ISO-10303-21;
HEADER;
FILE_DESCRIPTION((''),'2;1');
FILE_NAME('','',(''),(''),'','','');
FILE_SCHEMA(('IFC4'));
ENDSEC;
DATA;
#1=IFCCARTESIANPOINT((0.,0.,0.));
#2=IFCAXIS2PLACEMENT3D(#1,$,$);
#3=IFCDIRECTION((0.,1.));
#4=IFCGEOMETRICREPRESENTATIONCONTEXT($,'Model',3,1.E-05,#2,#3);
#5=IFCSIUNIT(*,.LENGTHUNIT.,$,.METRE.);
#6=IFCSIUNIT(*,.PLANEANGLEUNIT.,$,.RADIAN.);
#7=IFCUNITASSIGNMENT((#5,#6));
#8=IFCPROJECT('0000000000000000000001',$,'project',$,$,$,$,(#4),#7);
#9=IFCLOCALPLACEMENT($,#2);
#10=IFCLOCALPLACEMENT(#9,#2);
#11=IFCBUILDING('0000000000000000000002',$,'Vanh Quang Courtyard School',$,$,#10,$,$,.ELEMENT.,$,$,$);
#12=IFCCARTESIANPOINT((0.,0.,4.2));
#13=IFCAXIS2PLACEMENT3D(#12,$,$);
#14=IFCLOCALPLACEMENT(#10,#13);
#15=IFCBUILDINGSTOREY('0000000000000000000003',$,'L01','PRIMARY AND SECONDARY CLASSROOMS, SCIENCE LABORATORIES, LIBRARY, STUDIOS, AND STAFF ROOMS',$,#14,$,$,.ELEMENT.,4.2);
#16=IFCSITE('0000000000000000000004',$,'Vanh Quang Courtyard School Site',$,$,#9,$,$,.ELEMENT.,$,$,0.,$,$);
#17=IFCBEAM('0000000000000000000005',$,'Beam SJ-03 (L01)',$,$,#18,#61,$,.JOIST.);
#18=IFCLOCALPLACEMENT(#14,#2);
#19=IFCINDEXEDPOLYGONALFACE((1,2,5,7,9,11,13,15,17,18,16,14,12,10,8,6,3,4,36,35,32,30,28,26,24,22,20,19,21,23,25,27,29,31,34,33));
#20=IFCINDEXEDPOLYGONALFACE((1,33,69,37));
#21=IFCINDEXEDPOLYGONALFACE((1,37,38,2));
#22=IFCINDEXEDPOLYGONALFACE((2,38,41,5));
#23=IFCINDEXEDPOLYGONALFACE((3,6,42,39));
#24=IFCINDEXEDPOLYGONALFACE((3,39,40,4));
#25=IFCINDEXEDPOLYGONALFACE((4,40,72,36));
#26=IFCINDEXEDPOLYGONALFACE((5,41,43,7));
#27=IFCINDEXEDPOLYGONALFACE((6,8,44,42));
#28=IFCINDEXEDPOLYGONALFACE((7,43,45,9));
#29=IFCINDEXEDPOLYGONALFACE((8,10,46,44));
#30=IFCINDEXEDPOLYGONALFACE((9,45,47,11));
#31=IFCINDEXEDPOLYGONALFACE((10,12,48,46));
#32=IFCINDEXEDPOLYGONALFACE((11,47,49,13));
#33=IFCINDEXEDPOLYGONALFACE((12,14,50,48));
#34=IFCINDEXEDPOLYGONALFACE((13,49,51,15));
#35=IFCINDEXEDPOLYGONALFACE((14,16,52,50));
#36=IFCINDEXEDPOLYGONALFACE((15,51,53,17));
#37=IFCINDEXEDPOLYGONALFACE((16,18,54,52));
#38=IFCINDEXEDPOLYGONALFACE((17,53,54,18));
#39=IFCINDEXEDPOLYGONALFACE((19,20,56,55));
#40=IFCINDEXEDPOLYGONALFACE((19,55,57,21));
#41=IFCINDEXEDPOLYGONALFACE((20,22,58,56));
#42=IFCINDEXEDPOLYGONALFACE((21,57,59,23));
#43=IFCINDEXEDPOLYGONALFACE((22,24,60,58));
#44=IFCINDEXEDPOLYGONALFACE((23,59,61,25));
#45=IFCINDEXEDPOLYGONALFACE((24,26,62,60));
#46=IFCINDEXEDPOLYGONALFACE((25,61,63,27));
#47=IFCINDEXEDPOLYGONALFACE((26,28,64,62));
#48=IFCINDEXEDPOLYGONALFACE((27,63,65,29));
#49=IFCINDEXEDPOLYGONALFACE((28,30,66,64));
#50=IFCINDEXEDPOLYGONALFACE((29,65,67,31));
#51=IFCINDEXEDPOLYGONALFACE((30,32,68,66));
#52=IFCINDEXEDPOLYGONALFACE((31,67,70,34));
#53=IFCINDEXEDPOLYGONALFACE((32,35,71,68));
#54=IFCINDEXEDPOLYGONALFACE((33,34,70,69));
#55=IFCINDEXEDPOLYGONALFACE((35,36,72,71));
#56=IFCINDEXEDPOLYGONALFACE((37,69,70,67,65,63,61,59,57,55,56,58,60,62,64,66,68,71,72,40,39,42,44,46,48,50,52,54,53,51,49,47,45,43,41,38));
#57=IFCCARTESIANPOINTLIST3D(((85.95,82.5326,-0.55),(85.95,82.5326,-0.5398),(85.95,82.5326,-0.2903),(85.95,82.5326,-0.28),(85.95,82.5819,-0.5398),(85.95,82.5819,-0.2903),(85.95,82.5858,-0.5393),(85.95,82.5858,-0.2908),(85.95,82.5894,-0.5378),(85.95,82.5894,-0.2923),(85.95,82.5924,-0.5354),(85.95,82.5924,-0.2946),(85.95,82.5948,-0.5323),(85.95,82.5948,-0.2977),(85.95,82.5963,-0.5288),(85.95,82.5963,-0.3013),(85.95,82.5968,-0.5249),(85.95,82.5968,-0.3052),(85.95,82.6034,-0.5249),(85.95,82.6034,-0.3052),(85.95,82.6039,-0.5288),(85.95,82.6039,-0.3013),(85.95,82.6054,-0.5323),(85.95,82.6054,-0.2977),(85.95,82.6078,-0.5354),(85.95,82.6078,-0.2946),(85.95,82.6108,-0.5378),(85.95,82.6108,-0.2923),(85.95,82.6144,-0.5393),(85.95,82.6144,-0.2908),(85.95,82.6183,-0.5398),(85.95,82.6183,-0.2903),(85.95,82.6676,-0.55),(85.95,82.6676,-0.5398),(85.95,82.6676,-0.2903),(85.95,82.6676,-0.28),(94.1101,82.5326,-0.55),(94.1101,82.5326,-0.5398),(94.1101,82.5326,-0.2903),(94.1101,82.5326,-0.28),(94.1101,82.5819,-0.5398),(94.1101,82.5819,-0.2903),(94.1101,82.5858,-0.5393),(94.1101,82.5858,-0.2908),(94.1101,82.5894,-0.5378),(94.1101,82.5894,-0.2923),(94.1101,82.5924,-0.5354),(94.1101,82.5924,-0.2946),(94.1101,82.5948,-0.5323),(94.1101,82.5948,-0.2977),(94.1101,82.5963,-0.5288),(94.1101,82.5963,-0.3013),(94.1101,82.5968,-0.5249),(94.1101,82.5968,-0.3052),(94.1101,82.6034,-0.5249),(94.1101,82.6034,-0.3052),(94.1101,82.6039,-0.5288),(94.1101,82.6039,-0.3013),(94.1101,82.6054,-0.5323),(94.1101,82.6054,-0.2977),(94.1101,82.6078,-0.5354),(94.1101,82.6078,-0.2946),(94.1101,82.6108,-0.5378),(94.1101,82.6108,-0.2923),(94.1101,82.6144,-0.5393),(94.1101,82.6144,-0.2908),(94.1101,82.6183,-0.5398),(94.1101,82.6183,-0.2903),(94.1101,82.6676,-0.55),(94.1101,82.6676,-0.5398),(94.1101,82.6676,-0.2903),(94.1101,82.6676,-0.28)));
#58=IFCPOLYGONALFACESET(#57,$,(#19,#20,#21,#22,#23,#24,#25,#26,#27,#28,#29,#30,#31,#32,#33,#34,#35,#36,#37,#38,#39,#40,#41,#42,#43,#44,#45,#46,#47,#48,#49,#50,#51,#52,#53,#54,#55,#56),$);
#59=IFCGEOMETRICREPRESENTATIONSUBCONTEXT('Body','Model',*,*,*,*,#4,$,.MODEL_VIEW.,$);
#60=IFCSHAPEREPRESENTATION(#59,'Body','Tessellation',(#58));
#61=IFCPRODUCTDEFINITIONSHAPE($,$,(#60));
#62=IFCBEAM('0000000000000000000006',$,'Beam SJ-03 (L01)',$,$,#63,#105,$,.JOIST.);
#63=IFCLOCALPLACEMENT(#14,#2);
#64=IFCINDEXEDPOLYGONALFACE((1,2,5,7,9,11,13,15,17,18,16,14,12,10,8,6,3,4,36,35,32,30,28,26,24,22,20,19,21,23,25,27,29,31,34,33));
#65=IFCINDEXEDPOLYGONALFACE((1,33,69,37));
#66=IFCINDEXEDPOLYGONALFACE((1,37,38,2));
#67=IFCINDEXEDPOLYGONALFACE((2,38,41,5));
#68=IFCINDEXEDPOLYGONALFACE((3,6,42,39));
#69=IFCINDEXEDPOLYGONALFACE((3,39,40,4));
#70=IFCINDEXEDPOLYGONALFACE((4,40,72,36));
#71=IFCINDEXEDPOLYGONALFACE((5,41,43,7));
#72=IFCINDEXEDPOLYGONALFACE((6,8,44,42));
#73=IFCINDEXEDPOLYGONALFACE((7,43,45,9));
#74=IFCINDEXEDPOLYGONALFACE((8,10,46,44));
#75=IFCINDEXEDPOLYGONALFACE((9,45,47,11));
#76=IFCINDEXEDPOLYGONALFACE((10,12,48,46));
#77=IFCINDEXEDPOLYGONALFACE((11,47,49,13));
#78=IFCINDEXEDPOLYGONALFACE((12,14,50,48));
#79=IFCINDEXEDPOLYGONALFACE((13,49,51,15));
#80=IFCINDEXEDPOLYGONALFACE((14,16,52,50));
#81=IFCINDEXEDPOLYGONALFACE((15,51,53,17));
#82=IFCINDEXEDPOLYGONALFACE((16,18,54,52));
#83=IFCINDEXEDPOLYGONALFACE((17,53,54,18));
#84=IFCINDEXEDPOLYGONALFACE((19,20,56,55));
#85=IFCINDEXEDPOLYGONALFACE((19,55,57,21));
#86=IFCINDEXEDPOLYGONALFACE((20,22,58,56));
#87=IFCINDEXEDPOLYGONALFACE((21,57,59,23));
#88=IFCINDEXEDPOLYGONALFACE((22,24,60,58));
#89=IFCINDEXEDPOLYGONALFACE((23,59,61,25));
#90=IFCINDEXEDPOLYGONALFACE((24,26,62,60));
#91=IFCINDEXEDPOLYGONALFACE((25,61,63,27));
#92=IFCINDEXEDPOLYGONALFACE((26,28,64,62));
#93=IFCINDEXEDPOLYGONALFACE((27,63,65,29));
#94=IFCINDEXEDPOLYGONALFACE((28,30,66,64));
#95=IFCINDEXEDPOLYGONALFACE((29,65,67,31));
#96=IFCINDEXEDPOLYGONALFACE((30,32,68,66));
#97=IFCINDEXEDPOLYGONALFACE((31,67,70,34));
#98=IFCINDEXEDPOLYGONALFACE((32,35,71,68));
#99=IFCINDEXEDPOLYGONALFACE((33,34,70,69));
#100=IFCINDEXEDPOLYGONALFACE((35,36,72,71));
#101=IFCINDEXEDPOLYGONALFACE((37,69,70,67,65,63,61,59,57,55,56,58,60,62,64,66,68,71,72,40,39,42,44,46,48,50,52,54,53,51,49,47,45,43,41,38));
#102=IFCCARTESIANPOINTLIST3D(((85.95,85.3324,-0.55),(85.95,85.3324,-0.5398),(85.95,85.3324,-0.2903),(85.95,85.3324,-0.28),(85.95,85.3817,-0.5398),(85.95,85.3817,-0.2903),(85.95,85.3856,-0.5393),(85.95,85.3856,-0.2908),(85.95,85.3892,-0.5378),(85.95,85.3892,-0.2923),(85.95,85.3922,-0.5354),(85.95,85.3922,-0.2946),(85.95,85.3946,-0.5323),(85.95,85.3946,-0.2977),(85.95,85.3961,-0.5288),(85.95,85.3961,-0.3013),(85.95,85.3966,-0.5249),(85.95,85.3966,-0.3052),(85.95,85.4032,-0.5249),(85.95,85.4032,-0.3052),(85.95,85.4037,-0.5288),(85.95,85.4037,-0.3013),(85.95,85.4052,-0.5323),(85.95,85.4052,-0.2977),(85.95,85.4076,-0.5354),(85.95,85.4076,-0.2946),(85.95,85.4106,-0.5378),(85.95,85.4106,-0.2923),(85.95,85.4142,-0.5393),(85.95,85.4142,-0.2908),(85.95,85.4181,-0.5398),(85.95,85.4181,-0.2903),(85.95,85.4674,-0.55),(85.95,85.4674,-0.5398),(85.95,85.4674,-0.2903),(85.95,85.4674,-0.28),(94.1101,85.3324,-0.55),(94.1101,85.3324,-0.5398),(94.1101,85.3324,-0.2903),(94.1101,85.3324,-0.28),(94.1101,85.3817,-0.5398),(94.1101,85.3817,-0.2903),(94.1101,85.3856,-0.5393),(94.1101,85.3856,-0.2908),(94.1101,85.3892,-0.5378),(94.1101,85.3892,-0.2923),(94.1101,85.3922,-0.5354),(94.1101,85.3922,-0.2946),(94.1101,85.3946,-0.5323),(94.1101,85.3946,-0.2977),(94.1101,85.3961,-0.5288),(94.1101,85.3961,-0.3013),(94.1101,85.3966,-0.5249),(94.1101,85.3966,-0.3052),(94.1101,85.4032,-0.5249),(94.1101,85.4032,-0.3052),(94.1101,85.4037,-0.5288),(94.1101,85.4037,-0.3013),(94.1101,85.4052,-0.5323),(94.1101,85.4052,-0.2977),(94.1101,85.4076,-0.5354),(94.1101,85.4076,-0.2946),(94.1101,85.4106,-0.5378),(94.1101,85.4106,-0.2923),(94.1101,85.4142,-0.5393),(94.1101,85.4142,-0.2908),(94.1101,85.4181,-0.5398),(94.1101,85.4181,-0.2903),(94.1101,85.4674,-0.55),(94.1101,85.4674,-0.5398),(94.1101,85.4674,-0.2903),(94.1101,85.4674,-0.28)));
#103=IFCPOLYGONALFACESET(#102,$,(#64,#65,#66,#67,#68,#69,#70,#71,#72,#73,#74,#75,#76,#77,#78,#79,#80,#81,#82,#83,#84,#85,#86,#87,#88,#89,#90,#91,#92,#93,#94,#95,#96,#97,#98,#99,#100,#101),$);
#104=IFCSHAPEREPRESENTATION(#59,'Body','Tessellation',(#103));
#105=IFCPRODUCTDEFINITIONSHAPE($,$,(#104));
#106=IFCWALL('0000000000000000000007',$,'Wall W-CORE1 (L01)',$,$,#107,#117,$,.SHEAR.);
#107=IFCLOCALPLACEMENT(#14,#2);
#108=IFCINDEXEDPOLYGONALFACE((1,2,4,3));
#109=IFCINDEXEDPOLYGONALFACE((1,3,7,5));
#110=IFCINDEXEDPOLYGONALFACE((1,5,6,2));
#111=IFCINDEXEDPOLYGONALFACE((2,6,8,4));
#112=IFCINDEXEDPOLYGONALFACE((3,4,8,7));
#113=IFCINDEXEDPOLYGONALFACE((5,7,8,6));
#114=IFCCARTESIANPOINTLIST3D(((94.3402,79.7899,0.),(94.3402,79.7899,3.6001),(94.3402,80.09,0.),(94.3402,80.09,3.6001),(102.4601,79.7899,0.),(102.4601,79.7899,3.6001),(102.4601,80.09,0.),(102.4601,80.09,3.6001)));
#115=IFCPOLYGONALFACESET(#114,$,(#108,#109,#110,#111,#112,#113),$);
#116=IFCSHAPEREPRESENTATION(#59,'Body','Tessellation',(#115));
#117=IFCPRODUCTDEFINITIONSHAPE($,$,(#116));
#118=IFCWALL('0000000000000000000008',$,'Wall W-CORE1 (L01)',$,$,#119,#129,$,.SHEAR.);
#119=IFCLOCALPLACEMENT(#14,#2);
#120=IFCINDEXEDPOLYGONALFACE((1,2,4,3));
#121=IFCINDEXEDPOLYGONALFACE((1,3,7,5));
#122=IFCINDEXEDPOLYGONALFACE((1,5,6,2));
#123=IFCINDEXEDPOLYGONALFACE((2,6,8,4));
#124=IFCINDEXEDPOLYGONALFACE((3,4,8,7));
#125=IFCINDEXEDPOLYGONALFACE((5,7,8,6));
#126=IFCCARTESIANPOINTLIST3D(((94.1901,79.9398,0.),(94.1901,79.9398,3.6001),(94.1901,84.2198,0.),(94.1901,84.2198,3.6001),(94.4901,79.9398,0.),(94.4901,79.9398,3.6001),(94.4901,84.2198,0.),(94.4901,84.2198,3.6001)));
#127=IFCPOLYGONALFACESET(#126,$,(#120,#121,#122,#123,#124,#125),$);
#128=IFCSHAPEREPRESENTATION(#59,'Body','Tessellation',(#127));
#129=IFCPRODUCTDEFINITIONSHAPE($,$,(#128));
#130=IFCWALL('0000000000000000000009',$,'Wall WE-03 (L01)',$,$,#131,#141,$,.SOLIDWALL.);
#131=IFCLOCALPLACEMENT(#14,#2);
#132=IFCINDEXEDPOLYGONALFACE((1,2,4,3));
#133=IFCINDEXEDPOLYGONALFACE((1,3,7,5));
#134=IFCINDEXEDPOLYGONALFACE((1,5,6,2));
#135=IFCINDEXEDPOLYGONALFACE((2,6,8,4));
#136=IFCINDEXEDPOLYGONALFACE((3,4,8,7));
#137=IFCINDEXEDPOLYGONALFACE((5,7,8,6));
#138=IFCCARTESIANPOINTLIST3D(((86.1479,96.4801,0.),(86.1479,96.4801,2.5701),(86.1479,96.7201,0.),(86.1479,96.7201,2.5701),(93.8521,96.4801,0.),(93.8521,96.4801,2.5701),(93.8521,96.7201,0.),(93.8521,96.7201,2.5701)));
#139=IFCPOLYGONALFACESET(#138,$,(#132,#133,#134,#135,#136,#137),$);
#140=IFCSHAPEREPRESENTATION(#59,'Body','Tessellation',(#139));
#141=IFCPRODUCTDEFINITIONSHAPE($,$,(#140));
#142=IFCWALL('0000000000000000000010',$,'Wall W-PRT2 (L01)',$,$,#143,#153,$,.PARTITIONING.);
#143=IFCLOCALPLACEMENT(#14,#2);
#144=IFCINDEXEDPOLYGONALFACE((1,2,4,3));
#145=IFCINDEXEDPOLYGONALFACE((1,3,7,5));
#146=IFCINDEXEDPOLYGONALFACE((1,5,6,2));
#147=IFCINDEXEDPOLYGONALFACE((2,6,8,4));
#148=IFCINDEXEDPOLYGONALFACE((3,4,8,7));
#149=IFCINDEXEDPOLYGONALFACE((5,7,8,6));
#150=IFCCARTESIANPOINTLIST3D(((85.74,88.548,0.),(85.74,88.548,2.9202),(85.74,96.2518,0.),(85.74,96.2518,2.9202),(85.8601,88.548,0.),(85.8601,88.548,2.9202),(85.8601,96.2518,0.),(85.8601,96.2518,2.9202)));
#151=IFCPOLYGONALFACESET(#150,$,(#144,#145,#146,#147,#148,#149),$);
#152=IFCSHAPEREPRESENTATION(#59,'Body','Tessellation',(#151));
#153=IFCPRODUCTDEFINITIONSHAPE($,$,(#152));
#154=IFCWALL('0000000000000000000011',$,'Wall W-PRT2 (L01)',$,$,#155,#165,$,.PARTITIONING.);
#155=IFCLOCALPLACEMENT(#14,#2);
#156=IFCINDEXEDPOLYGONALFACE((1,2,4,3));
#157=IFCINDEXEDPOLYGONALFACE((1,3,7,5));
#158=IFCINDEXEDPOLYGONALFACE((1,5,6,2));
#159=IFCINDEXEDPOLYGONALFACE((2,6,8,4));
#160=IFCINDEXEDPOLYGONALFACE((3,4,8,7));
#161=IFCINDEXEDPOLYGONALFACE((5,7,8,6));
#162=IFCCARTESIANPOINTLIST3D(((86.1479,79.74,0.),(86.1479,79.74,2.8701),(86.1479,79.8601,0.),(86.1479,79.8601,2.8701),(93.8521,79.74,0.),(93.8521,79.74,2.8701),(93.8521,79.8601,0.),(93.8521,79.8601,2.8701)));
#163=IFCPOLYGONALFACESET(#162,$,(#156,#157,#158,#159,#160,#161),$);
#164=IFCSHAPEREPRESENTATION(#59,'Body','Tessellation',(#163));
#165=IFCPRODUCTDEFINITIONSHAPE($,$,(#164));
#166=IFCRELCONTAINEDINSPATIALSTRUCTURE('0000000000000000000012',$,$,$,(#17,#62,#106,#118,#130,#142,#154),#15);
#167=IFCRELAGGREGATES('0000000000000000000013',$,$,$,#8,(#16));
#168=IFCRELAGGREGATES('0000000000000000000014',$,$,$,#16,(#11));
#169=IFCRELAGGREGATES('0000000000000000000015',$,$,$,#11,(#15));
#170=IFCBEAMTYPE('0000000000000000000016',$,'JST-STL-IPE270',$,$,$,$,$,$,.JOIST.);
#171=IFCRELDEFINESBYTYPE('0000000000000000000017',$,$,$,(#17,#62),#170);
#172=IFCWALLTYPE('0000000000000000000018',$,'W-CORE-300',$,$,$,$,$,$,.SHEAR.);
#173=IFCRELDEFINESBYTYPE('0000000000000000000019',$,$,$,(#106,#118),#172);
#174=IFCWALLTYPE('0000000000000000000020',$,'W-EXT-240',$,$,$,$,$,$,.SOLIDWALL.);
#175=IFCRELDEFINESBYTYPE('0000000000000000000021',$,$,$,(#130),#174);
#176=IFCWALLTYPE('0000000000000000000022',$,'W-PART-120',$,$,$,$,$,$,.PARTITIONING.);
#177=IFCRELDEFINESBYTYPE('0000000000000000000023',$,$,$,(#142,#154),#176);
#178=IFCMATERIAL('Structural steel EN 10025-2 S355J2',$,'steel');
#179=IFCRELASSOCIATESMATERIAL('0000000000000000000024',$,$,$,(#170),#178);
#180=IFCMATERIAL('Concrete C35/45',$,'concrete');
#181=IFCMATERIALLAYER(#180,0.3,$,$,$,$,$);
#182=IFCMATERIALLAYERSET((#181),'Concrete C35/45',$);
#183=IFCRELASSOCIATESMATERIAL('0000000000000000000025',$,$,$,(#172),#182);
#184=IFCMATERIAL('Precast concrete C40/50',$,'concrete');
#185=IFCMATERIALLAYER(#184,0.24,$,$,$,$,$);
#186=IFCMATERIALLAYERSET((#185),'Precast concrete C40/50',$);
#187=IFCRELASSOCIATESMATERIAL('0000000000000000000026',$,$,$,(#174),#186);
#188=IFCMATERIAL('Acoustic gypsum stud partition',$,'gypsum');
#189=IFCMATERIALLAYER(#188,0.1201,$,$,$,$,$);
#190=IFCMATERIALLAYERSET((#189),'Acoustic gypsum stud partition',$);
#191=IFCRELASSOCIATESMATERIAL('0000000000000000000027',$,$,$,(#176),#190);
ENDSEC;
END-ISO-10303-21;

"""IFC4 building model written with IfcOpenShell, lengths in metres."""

from ifc_helpers import new_model, si_unit, direction, frame, frame_2d, origin, origin_2d, place, context, subcontext, project, spatial, rectangle, i_section, extrude, material, layer, layer_set, material_profile, profile_set, type_object, element, save


model = new_model("IFC4")

# Units and contexts
model_context = context("Model", 3, precision=1e-05, world=origin(), true_north=direction((0.0, 1.0)))
body_context = subcontext(model_context, "Body", "Model", "MODEL_VIEW")
ifc_project = project(units=[si_unit("LENGTHUNIT", "METRE"), si_unit("PLANEANGLEUNIT", "RADIAN")], contexts=[model_context])

# Site, building, storey
site_placement = place(None, origin())
site = spatial("IfcSite", under=ifc_project, at=site_placement, Name="Vanh Quang Courtyard School Site", CompositionType="ELEMENT", RefElevation=0.0)
building_placement = place(site_placement, origin())
building = spatial("IfcBuilding", under=site, at=building_placement, Name="Vanh Quang Courtyard School", CompositionType="ELEMENT")
storey_placement = place(building_placement, frame((0.0, 0.0, 4.2)))
storey = spatial("IfcBuildingStorey", under=building, at=storey_placement, Name="L01", Description="PRIMARY AND SECONDARY CLASSROOMS, SCIENCE LABORATORIES, LIBRARY, STUDIOS, AND STAFF ROOMS", CompositionType="ELEMENT", Elevation=4.2)

# Shared definitions
ifc_material_1 = material(Name="Concrete C35/45", Category="concrete")

# Beams
ifc_material_2 = material(Name="Structural steel EN 10025-2 S355J2", Category="steel")
ifc_material_profile_1 = material_profile(ifc_material_2, i_section(OverallWidth=0.135, OverallDepth=0.27, WebThickness=0.0066, FlangeThickness=0.0103, FilletRadius=0.0149, at=origin_2d()), Name="IPE 270")
ifc_profile_set_1 = profile_set([ifc_material_profile_1], Name="Structural steel EN 10025-2 S355J2")
beam_type_1 = type_object("IfcBeamType", Name="JST-STL-IPE270", PredefinedType="JOIST", material=ifc_profile_set_1)
for number, where, z_axis, x_axis, name in (
    (1, (85.95, 82.6001, -0.415), (1.0, 0.0, 0.0), (0.0, 1.0, 0.0), "Beam SJ-03 (L01)"),
    (2, (85.95, 85.3999, -0.415), (1.0, 0.0, 0.0), (0.0, 1.0, 0.0), "Beam SJ-03 (L01)"),
):
    element("IfcBeam", number, at=place(storey_placement, frame(where, z_axis=z_axis, x_axis=x_axis)), inside=storey, type_object=beam_type_1, Name=name, PredefinedType="JOIST", context=body_context, shape_type="SweptSolid", body=[
        extrude(i_section(OverallWidth=0.135, OverallDepth=0.27, WebThickness=0.0066, FlangeThickness=0.0103, FilletRadius=0.0149, at=origin_2d()), origin(), (0.0, 0.0, 1.0), 8.1602),
    ])

# Walls
ifc_layer_1 = layer(ifc_material_1, 0.3)
ifc_layer_set_1 = layer_set([ifc_layer_1], Name="Concrete C35/45")
wall_type_1 = type_object("IfcWallType", Name="W-CORE-300", PredefinedType="SHEAR", material=ifc_layer_set_1)
wall_1_placement = place(storey_placement, frame((94.3401, 79.9399, 0.0), z_axis=(0.0, 0.0, 1.0), x_axis=(1.0, 0.0, 0.0)))
element("IfcWall", 3, at=wall_1_placement, inside=storey, type_object=wall_type_1, Name="Wall W-CORE1 (L01)", PredefinedType="SHEAR", context=body_context, shape_type="SweptSolid", body=[
    extrude(rectangle(XDim=8.1199, YDim=0.3, at=frame_2d((4.0601, 0.0))), origin(), (0.0, 0.0, 1.0), 3.6001),
])
wall_2_placement = place(storey_placement, frame((94.3401, 84.22, 0.0), z_axis=(0.0, 0.0, 1.0), x_axis=(0.0, -1.0, 0.0)))
element("IfcWall", 4, at=wall_2_placement, inside=storey, type_object=wall_type_1, Name="Wall W-CORE1 (L01)", PredefinedType="SHEAR", context=body_context, shape_type="SweptSolid", body=[
    extrude(rectangle(XDim=4.28, YDim=0.3, at=frame_2d((2.1401, 0.0))), origin(), (0.0, 0.0, 1.0), 3.6001),
])
ifc_material_3 = material(Name="Precast concrete C40/50", Category="concrete")
ifc_layer_2 = layer(ifc_material_3, 0.24)
ifc_layer_set_2 = layer_set([ifc_layer_2], Name="Precast concrete C40/50")
wall_type_2 = type_object("IfcWallType", Name="W-EXT-240", PredefinedType="SOLIDWALL", material=ifc_layer_set_2)
wall_3_placement = place(storey_placement, frame((86.1479, 96.6001, 0.0), z_axis=(0.0, 0.0, 1.0), x_axis=(1.0, 0.0, 0.0)))
element("IfcWall", 5, at=wall_3_placement, inside=storey, type_object=wall_type_2, Name="Wall WE-03 (L01)", PredefinedType="SOLIDWALL", context=body_context, shape_type="SweptSolid", body=[
    extrude(rectangle(XDim=7.7041, YDim=0.24, at=frame_2d((3.8521, 0.0))), origin(), (0.0, 0.0, 1.0), 2.5701),
])
ifc_material_4 = material(Name="Acoustic gypsum stud partition", Category="gypsum")
ifc_layer_3 = layer(ifc_material_4, 0.1201)
ifc_layer_set_3 = layer_set([ifc_layer_3], Name="Acoustic gypsum stud partition")
wall_type_3 = type_object("IfcWallType", Name="W-PART-120", PredefinedType="PARTITIONING", material=ifc_layer_set_3)
wall_4_placement = place(storey_placement, frame((85.8, 96.252, 0.0), z_axis=(0.0, 0.0, 1.0), x_axis=(0.0, -1.0, 0.0)))
element("IfcWall", 6, at=wall_4_placement, inside=storey, type_object=wall_type_3, Name="Wall W-PRT2 (L01)", PredefinedType="PARTITIONING", context=body_context, shape_type="SweptSolid", body=[
    extrude(rectangle(XDim=7.7039, YDim=0.1201, at=frame_2d((3.8521, 0.0))), origin(), (0.0, 0.0, 1.0), 2.9202),
])
wall_5_placement = place(storey_placement, frame((86.1479, 79.8, 0.0), z_axis=(0.0, 0.0, 1.0), x_axis=(1.0, 0.0, 0.0)))
element("IfcWall", 7, at=wall_5_placement, inside=storey, type_object=wall_type_3, Name="Wall W-PRT2 (L01)", PredefinedType="PARTITIONING", context=body_context, shape_type="SweptSolid", body=[
    extrude(rectangle(XDim=7.7041, YDim=0.1201, at=frame_2d((3.8521, 0.0))), origin(), (0.0, 0.0, 1.0), 2.8701),
])

save(model, "model.ifc")
